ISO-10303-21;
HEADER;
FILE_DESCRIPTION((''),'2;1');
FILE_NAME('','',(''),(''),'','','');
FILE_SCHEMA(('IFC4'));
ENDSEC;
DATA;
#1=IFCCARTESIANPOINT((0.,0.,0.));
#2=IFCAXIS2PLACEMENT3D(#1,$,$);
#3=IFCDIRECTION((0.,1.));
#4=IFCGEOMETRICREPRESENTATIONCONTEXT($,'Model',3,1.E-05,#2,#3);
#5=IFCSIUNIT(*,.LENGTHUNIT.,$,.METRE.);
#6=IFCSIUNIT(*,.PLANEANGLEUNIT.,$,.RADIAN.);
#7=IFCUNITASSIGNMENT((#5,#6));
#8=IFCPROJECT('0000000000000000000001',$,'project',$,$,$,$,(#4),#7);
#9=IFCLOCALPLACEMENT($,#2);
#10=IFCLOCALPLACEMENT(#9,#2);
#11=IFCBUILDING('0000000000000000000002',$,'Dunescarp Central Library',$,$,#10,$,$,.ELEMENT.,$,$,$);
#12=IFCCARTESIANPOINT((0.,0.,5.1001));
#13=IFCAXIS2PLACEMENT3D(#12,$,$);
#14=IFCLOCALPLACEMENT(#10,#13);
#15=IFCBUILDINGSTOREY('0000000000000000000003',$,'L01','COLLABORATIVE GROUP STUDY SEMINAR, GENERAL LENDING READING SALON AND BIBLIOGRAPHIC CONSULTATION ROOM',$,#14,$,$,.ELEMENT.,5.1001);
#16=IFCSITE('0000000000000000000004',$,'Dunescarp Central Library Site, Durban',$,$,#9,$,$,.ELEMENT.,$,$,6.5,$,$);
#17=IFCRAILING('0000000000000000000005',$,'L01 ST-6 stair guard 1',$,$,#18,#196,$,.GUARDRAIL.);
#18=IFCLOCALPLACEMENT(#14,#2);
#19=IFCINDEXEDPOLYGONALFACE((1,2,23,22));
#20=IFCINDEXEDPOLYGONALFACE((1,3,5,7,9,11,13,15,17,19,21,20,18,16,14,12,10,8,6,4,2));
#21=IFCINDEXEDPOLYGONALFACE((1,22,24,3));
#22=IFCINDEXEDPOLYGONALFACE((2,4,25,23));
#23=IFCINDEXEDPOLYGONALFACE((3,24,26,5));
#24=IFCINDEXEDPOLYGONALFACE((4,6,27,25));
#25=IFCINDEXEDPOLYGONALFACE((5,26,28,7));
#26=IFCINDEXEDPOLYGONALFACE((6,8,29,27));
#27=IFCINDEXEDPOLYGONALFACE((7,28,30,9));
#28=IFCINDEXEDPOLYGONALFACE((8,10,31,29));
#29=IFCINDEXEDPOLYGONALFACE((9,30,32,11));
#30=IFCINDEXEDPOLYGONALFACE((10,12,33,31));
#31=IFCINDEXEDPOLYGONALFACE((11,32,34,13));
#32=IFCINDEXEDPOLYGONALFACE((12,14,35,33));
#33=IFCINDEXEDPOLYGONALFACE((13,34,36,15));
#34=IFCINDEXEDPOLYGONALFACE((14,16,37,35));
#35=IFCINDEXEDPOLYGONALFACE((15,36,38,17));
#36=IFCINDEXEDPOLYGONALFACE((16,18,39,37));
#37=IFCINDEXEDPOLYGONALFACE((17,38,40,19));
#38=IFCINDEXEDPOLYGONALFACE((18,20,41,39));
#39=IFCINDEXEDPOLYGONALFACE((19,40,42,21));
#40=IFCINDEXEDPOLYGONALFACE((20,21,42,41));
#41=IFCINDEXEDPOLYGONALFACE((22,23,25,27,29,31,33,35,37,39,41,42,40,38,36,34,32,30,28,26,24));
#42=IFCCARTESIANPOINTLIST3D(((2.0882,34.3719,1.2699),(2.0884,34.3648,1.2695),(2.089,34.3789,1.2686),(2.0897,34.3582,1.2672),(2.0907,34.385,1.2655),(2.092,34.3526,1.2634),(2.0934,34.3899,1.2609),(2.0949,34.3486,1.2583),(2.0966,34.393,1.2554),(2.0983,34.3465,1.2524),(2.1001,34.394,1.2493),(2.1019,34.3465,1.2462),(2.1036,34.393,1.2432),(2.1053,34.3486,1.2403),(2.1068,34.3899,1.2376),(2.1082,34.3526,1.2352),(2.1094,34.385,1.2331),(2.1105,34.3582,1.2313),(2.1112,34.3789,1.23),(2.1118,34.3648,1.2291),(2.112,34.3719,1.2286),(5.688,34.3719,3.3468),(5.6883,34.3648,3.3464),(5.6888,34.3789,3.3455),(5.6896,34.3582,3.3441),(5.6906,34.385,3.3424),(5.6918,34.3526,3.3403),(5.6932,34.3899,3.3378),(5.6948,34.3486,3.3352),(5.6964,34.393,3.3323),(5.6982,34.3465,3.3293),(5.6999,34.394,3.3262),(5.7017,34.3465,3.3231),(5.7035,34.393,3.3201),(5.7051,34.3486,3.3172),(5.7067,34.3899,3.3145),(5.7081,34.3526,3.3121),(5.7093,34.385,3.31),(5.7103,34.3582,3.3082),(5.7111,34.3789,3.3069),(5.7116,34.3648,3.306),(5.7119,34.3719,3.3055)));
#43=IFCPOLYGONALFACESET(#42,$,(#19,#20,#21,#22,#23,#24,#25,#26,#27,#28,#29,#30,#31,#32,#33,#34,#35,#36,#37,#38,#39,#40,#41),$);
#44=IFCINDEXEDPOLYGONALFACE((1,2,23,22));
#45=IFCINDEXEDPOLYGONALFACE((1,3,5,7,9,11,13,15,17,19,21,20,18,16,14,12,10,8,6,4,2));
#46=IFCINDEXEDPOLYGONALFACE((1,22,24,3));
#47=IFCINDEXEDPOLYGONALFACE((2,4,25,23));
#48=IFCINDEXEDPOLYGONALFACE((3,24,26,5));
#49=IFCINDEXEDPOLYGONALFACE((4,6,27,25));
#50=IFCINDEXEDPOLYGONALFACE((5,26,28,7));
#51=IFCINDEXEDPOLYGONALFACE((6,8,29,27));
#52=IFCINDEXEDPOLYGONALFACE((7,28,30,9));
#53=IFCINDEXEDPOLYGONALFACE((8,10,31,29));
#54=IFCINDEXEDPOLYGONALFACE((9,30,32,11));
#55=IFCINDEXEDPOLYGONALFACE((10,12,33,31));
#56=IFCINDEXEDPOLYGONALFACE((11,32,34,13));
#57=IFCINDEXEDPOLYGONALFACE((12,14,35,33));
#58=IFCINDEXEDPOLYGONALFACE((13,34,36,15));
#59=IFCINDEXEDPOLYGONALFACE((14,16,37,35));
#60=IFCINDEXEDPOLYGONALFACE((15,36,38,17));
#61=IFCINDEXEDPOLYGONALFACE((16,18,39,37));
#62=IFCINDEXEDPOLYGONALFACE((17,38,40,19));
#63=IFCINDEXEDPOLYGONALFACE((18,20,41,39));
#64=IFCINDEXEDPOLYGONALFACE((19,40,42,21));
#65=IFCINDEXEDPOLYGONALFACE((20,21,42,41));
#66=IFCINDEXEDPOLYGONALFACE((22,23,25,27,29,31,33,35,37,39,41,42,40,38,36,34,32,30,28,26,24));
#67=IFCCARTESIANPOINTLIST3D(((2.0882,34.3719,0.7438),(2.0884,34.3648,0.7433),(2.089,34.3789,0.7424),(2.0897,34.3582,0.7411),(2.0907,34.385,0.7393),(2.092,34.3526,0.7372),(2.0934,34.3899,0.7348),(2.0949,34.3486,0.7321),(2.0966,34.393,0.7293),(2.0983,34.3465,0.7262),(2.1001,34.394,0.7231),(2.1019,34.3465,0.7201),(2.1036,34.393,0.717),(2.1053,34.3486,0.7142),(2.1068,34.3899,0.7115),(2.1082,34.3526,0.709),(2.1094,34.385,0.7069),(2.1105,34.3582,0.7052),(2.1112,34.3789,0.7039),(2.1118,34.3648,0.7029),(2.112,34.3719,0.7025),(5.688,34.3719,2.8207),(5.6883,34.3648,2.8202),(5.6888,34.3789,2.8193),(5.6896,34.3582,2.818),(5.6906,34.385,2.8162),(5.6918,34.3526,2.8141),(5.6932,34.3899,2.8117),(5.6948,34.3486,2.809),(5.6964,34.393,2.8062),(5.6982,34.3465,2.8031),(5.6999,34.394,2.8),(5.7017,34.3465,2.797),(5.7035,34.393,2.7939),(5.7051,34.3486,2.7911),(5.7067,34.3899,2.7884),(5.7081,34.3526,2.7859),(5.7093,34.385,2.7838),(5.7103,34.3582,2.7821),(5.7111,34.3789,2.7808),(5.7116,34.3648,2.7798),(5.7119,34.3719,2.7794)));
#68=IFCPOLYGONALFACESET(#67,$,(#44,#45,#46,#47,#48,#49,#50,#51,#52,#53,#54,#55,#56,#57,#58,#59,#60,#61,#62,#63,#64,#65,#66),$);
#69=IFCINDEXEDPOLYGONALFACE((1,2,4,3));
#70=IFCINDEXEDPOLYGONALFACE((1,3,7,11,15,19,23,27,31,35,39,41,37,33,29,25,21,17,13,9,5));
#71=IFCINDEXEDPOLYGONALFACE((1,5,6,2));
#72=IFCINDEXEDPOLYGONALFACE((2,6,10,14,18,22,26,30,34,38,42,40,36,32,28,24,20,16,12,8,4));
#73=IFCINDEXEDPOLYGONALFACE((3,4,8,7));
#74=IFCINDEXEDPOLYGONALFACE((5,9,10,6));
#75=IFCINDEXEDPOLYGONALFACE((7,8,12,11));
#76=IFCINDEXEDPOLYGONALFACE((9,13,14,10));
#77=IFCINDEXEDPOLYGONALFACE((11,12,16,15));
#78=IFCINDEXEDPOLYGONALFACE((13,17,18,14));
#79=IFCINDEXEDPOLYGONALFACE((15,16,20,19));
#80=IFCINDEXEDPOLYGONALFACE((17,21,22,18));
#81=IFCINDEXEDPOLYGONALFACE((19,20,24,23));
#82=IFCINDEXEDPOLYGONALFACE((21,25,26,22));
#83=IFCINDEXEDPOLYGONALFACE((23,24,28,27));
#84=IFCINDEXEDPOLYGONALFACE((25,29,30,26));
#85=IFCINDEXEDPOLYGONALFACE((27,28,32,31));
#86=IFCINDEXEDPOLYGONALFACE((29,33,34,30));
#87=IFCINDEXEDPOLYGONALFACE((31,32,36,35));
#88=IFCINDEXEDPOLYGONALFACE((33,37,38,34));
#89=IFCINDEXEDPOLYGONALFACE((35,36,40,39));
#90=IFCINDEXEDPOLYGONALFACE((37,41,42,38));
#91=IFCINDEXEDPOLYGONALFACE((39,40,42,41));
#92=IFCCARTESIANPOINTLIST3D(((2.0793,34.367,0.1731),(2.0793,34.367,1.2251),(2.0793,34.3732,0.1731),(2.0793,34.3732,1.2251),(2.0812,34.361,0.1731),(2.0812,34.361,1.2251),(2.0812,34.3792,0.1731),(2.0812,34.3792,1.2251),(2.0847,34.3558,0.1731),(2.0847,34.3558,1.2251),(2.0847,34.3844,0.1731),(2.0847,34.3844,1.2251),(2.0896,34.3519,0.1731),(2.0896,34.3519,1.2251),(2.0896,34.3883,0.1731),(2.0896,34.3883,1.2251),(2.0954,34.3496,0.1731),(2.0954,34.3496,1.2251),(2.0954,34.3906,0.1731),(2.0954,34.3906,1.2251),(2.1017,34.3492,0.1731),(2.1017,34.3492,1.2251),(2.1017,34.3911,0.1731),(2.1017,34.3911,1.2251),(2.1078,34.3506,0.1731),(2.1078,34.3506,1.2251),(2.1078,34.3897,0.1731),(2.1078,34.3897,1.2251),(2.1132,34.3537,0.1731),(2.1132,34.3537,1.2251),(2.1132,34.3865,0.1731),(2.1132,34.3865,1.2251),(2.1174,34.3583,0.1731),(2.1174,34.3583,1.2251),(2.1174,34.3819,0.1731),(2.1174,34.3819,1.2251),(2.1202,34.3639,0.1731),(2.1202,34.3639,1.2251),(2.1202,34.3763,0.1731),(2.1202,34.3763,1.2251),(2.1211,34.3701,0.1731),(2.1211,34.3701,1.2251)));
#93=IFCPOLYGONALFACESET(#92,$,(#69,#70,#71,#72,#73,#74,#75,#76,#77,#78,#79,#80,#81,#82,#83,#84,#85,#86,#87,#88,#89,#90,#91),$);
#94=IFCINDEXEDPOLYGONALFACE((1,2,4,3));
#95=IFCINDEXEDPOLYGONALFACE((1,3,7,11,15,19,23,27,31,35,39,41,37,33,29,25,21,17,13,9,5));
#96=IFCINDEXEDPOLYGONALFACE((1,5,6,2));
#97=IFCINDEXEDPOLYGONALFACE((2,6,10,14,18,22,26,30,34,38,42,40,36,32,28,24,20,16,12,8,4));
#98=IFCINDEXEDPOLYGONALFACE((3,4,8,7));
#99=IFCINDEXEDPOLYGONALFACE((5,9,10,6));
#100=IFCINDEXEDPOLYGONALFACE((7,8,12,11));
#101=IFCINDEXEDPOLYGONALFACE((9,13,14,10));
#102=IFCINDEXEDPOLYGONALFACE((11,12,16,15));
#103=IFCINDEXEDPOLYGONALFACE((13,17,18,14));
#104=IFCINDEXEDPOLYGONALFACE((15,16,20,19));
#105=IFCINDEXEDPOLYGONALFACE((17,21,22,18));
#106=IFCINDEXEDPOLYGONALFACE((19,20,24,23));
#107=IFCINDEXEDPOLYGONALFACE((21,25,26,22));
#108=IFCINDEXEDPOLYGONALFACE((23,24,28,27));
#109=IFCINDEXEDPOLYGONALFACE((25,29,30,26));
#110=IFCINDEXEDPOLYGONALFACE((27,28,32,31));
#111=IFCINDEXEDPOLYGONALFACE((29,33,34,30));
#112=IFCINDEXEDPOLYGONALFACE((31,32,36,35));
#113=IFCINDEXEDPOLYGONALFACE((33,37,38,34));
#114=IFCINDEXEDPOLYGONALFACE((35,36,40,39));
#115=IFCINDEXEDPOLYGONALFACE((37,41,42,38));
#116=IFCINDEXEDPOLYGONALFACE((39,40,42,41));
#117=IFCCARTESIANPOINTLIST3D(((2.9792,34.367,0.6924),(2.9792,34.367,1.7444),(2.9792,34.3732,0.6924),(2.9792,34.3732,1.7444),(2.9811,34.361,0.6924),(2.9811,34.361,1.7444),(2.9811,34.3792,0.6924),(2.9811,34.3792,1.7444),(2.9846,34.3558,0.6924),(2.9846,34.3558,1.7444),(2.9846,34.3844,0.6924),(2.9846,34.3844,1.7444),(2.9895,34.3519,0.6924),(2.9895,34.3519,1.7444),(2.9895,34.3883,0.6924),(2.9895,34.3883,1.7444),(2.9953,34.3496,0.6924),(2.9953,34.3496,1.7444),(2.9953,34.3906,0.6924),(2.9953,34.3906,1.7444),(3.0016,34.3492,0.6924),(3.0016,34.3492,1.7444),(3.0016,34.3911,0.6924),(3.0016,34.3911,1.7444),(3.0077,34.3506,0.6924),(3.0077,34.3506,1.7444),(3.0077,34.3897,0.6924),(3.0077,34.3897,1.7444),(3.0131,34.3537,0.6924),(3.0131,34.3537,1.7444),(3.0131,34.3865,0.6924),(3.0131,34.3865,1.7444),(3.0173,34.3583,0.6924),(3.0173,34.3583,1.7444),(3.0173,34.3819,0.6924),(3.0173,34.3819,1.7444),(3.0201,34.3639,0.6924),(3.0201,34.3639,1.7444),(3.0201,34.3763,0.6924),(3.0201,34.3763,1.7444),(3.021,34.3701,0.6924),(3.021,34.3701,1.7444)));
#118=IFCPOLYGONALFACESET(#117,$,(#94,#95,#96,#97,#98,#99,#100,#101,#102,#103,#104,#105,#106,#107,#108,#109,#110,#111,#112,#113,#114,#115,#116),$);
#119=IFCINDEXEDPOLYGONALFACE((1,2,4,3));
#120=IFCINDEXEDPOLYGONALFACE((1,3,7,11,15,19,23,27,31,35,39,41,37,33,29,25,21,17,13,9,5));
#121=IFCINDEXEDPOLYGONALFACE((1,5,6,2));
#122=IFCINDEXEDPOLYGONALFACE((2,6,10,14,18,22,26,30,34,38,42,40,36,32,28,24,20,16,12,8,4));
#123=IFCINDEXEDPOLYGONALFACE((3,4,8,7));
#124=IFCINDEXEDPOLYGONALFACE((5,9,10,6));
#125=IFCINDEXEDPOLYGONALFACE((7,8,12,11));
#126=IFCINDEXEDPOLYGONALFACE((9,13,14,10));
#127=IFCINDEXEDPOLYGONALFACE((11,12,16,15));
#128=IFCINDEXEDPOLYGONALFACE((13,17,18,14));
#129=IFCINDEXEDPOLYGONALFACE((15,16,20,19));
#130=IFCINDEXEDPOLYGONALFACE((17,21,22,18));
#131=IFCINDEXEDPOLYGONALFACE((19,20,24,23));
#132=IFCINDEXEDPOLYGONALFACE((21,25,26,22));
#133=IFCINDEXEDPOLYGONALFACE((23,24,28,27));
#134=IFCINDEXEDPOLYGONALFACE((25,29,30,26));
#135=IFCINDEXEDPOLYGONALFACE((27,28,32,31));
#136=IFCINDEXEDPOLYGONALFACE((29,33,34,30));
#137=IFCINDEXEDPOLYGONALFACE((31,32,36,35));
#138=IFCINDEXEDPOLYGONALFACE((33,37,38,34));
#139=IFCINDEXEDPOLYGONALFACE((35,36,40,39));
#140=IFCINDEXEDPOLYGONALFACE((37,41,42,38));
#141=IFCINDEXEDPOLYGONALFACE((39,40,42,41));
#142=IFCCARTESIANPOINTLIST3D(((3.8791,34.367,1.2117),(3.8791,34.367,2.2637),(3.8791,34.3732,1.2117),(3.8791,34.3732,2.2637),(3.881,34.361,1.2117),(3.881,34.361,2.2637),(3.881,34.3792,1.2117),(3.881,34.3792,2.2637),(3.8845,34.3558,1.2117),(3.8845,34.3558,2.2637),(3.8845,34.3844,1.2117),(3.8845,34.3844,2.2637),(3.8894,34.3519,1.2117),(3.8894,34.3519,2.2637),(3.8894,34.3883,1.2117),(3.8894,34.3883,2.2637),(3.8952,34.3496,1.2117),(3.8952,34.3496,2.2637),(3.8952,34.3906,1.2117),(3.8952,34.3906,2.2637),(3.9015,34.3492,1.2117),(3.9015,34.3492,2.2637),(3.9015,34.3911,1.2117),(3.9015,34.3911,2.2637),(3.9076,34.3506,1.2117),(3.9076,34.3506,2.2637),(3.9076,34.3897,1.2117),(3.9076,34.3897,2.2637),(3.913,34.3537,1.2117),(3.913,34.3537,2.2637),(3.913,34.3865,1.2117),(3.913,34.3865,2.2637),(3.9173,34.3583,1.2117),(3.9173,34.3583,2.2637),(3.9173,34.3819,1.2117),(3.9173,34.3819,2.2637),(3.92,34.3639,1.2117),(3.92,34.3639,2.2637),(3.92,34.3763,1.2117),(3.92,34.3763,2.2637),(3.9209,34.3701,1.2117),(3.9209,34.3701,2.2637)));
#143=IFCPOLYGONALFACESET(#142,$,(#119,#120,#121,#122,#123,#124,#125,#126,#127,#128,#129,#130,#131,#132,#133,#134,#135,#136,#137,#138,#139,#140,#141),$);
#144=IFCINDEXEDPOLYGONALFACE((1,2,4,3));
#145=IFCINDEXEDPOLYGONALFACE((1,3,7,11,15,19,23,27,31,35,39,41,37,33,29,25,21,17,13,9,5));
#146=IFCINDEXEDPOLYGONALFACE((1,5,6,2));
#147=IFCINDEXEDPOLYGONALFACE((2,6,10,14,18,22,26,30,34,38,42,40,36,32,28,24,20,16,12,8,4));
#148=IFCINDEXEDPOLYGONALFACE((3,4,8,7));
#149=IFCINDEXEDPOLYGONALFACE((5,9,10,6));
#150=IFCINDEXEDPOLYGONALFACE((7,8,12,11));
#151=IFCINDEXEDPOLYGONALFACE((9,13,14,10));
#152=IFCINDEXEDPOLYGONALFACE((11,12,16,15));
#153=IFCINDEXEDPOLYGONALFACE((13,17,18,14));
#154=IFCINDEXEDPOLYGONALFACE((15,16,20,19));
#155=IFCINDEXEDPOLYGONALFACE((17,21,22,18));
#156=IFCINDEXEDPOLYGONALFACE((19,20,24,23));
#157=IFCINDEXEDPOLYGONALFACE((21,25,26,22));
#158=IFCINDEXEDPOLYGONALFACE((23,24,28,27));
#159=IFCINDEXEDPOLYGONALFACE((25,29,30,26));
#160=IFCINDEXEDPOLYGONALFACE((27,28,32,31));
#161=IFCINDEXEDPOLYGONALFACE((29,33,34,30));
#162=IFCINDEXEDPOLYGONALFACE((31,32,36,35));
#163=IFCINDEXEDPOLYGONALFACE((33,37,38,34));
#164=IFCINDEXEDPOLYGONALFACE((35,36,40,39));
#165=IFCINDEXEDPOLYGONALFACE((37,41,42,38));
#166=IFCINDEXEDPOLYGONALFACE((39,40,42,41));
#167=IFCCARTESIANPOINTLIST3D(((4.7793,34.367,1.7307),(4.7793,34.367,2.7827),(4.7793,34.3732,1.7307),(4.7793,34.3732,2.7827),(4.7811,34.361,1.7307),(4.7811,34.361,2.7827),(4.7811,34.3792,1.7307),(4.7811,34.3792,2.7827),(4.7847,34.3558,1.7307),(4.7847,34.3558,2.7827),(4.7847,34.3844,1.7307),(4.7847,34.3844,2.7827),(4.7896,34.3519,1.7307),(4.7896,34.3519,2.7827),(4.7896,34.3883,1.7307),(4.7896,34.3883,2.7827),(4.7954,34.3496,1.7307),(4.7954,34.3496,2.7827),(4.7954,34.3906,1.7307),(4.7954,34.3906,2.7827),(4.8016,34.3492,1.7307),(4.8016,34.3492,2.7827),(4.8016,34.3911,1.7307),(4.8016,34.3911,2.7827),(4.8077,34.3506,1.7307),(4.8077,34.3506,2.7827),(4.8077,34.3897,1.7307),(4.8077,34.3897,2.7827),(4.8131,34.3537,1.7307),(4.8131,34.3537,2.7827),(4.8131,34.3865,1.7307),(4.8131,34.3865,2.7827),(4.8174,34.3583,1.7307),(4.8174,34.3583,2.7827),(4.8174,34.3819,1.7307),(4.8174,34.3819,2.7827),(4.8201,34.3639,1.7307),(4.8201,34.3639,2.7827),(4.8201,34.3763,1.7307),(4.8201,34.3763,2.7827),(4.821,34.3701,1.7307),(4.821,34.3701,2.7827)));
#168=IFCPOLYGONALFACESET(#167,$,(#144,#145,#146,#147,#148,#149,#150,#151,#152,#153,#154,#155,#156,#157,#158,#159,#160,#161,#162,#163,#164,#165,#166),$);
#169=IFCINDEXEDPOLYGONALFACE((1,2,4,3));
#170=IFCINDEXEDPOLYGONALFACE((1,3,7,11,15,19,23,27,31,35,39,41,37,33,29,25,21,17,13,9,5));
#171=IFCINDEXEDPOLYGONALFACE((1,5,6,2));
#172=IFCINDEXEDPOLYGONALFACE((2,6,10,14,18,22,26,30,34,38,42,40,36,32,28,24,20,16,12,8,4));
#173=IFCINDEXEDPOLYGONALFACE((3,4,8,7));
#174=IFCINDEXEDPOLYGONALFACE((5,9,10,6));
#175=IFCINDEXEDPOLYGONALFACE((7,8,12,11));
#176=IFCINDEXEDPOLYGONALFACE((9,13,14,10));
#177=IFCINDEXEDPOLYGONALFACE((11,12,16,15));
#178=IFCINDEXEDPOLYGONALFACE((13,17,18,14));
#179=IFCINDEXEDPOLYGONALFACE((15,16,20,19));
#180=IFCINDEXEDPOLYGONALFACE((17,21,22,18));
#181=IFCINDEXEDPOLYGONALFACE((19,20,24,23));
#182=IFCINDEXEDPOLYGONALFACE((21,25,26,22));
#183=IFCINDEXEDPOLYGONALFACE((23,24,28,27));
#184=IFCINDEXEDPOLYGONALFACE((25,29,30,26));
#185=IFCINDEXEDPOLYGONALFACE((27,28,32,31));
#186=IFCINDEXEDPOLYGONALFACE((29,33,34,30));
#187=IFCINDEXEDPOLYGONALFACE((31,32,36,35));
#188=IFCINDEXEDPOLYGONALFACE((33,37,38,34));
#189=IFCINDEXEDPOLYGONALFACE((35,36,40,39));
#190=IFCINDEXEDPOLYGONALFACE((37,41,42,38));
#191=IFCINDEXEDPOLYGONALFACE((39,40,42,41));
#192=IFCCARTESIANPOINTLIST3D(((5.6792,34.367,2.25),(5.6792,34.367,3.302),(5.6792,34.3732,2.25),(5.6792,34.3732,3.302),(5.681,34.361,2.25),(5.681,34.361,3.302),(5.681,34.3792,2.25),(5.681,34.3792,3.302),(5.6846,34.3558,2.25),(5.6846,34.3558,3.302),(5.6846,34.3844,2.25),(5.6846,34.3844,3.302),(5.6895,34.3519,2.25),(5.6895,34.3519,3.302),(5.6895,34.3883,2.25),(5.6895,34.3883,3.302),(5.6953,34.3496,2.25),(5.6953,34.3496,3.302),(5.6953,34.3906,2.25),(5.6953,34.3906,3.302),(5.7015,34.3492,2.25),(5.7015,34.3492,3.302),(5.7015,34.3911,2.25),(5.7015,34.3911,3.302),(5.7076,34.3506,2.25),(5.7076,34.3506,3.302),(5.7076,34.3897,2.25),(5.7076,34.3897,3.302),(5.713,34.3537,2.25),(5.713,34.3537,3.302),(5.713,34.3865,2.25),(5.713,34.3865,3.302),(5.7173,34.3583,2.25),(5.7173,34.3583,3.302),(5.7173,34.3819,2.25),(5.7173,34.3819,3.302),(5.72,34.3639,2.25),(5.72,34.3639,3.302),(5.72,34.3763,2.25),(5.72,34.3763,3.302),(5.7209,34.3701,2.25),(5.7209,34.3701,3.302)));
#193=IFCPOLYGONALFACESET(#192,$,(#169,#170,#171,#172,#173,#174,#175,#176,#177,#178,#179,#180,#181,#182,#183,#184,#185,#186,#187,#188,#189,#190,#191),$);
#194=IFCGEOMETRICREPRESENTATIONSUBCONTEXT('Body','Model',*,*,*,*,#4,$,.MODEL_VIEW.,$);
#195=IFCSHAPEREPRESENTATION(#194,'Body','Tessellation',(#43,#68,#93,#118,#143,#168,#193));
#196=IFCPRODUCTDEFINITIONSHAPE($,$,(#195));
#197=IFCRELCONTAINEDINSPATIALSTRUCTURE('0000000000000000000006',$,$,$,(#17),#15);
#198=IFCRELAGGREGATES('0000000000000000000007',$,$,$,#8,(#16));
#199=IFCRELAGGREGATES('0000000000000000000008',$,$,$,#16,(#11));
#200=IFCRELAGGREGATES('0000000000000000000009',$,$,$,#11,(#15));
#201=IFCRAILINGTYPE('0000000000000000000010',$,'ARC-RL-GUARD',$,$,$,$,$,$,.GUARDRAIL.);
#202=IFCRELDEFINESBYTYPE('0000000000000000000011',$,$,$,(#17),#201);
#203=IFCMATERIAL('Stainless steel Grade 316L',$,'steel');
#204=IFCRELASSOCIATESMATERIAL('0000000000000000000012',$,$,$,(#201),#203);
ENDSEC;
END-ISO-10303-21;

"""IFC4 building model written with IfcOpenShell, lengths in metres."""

from ifc_helpers import new_model, si_unit, direction, frame, origin, origin_2d, place, context, subcontext, project, spatial, circle, extrude, material, type_object, element, save


model = new_model("IFC4")

# Units and contexts
model_context = context("Model", 3, precision=1e-05, world=origin(), true_north=direction((0.0, 1.0)))
body_context = subcontext(model_context, "Body", "Model", "MODEL_VIEW")
ifc_project = project(units=[si_unit("LENGTHUNIT", "METRE"), si_unit("PLANEANGLEUNIT", "RADIAN")], contexts=[model_context])

# Site, building, storey
site_placement = place(None, origin())
site = spatial("IfcSite", under=ifc_project, at=site_placement, Name="Dunescarp Central Library Site, Durban", CompositionType="ELEMENT", RefElevation=6.5)
building_placement = place(site_placement, origin())
building = spatial("IfcBuilding", under=site, at=building_placement, Name="Dunescarp Central Library", CompositionType="ELEMENT")
storey_placement = place(building_placement, frame((0.0, 0.0, 5.1001)))
storey = spatial("IfcBuildingStorey", under=building, at=storey_placement, Name="L01", Description="COLLABORATIVE GROUP STUDY SEMINAR, GENERAL LENDING READING SALON AND BIBLIOGRAPHIC CONSULTATION ROOM", CompositionType="ELEMENT", Elevation=5.1001)

# Railing
ifc_material_1 = material(Name="Stainless steel Grade 316L", Category="steel")
railing_type_1 = type_object("IfcRailingType", Name="ARC-RL-GUARD", PredefinedType="GUARDRAIL", material=ifc_material_1)
railing_1_placement = place(storey_placement, frame((2.1001, 34.3701, 0.1731)))
element("IfcRailing", 1, at=railing_1_placement, inside=storey, type_object=railing_type_1, Name="L01 ST-6 stair guard 1", PredefinedType="GUARDRAIL", context=body_context, shape_type="SweptSolid", body=[
    extrude(circle(Radius=0.0239, at=origin_2d()), frame((0.0, 0.0, 1.0762), z_axis=(0.866179, 0.0, 0.499734), x_axis=(0.0, 1.0, 0.0)), (0.0, 0.0, 1.0), 4.156),
    extrude(circle(Radius=0.0239, at=origin_2d()), frame((0.0, 0.0, 0.55), z_axis=(0.866179, 0.0, 0.499734), x_axis=(0.0, 1.0, 0.0)), (0.0, 0.0, 1.0), 4.156),
    extrude(circle(Radius=0.021, at=origin_2d()), origin(), (0.0, 0.0, 1.0), 1.052),
    extrude(circle(Radius=0.021, at=origin_2d()), frame((0.8999, 0.0, 0.5193)), (0.0, 0.0, 1.0), 1.052),
    extrude(circle(Radius=0.021, at=origin_2d()), frame((1.7998, 0.0, 1.0386)), (0.0, 0.0, 1.0), 1.052),
    extrude(circle(Radius=0.021, at=origin_2d()), frame((2.7, 0.0, 1.5576)), (0.0, 0.0, 1.0), 1.052),
    extrude(circle(Radius=0.021, at=origin_2d()), frame((3.5999, 0.0, 2.0769)), (0.0, 0.0, 1.0), 1.052),
])

save(model, "model.ifc")
